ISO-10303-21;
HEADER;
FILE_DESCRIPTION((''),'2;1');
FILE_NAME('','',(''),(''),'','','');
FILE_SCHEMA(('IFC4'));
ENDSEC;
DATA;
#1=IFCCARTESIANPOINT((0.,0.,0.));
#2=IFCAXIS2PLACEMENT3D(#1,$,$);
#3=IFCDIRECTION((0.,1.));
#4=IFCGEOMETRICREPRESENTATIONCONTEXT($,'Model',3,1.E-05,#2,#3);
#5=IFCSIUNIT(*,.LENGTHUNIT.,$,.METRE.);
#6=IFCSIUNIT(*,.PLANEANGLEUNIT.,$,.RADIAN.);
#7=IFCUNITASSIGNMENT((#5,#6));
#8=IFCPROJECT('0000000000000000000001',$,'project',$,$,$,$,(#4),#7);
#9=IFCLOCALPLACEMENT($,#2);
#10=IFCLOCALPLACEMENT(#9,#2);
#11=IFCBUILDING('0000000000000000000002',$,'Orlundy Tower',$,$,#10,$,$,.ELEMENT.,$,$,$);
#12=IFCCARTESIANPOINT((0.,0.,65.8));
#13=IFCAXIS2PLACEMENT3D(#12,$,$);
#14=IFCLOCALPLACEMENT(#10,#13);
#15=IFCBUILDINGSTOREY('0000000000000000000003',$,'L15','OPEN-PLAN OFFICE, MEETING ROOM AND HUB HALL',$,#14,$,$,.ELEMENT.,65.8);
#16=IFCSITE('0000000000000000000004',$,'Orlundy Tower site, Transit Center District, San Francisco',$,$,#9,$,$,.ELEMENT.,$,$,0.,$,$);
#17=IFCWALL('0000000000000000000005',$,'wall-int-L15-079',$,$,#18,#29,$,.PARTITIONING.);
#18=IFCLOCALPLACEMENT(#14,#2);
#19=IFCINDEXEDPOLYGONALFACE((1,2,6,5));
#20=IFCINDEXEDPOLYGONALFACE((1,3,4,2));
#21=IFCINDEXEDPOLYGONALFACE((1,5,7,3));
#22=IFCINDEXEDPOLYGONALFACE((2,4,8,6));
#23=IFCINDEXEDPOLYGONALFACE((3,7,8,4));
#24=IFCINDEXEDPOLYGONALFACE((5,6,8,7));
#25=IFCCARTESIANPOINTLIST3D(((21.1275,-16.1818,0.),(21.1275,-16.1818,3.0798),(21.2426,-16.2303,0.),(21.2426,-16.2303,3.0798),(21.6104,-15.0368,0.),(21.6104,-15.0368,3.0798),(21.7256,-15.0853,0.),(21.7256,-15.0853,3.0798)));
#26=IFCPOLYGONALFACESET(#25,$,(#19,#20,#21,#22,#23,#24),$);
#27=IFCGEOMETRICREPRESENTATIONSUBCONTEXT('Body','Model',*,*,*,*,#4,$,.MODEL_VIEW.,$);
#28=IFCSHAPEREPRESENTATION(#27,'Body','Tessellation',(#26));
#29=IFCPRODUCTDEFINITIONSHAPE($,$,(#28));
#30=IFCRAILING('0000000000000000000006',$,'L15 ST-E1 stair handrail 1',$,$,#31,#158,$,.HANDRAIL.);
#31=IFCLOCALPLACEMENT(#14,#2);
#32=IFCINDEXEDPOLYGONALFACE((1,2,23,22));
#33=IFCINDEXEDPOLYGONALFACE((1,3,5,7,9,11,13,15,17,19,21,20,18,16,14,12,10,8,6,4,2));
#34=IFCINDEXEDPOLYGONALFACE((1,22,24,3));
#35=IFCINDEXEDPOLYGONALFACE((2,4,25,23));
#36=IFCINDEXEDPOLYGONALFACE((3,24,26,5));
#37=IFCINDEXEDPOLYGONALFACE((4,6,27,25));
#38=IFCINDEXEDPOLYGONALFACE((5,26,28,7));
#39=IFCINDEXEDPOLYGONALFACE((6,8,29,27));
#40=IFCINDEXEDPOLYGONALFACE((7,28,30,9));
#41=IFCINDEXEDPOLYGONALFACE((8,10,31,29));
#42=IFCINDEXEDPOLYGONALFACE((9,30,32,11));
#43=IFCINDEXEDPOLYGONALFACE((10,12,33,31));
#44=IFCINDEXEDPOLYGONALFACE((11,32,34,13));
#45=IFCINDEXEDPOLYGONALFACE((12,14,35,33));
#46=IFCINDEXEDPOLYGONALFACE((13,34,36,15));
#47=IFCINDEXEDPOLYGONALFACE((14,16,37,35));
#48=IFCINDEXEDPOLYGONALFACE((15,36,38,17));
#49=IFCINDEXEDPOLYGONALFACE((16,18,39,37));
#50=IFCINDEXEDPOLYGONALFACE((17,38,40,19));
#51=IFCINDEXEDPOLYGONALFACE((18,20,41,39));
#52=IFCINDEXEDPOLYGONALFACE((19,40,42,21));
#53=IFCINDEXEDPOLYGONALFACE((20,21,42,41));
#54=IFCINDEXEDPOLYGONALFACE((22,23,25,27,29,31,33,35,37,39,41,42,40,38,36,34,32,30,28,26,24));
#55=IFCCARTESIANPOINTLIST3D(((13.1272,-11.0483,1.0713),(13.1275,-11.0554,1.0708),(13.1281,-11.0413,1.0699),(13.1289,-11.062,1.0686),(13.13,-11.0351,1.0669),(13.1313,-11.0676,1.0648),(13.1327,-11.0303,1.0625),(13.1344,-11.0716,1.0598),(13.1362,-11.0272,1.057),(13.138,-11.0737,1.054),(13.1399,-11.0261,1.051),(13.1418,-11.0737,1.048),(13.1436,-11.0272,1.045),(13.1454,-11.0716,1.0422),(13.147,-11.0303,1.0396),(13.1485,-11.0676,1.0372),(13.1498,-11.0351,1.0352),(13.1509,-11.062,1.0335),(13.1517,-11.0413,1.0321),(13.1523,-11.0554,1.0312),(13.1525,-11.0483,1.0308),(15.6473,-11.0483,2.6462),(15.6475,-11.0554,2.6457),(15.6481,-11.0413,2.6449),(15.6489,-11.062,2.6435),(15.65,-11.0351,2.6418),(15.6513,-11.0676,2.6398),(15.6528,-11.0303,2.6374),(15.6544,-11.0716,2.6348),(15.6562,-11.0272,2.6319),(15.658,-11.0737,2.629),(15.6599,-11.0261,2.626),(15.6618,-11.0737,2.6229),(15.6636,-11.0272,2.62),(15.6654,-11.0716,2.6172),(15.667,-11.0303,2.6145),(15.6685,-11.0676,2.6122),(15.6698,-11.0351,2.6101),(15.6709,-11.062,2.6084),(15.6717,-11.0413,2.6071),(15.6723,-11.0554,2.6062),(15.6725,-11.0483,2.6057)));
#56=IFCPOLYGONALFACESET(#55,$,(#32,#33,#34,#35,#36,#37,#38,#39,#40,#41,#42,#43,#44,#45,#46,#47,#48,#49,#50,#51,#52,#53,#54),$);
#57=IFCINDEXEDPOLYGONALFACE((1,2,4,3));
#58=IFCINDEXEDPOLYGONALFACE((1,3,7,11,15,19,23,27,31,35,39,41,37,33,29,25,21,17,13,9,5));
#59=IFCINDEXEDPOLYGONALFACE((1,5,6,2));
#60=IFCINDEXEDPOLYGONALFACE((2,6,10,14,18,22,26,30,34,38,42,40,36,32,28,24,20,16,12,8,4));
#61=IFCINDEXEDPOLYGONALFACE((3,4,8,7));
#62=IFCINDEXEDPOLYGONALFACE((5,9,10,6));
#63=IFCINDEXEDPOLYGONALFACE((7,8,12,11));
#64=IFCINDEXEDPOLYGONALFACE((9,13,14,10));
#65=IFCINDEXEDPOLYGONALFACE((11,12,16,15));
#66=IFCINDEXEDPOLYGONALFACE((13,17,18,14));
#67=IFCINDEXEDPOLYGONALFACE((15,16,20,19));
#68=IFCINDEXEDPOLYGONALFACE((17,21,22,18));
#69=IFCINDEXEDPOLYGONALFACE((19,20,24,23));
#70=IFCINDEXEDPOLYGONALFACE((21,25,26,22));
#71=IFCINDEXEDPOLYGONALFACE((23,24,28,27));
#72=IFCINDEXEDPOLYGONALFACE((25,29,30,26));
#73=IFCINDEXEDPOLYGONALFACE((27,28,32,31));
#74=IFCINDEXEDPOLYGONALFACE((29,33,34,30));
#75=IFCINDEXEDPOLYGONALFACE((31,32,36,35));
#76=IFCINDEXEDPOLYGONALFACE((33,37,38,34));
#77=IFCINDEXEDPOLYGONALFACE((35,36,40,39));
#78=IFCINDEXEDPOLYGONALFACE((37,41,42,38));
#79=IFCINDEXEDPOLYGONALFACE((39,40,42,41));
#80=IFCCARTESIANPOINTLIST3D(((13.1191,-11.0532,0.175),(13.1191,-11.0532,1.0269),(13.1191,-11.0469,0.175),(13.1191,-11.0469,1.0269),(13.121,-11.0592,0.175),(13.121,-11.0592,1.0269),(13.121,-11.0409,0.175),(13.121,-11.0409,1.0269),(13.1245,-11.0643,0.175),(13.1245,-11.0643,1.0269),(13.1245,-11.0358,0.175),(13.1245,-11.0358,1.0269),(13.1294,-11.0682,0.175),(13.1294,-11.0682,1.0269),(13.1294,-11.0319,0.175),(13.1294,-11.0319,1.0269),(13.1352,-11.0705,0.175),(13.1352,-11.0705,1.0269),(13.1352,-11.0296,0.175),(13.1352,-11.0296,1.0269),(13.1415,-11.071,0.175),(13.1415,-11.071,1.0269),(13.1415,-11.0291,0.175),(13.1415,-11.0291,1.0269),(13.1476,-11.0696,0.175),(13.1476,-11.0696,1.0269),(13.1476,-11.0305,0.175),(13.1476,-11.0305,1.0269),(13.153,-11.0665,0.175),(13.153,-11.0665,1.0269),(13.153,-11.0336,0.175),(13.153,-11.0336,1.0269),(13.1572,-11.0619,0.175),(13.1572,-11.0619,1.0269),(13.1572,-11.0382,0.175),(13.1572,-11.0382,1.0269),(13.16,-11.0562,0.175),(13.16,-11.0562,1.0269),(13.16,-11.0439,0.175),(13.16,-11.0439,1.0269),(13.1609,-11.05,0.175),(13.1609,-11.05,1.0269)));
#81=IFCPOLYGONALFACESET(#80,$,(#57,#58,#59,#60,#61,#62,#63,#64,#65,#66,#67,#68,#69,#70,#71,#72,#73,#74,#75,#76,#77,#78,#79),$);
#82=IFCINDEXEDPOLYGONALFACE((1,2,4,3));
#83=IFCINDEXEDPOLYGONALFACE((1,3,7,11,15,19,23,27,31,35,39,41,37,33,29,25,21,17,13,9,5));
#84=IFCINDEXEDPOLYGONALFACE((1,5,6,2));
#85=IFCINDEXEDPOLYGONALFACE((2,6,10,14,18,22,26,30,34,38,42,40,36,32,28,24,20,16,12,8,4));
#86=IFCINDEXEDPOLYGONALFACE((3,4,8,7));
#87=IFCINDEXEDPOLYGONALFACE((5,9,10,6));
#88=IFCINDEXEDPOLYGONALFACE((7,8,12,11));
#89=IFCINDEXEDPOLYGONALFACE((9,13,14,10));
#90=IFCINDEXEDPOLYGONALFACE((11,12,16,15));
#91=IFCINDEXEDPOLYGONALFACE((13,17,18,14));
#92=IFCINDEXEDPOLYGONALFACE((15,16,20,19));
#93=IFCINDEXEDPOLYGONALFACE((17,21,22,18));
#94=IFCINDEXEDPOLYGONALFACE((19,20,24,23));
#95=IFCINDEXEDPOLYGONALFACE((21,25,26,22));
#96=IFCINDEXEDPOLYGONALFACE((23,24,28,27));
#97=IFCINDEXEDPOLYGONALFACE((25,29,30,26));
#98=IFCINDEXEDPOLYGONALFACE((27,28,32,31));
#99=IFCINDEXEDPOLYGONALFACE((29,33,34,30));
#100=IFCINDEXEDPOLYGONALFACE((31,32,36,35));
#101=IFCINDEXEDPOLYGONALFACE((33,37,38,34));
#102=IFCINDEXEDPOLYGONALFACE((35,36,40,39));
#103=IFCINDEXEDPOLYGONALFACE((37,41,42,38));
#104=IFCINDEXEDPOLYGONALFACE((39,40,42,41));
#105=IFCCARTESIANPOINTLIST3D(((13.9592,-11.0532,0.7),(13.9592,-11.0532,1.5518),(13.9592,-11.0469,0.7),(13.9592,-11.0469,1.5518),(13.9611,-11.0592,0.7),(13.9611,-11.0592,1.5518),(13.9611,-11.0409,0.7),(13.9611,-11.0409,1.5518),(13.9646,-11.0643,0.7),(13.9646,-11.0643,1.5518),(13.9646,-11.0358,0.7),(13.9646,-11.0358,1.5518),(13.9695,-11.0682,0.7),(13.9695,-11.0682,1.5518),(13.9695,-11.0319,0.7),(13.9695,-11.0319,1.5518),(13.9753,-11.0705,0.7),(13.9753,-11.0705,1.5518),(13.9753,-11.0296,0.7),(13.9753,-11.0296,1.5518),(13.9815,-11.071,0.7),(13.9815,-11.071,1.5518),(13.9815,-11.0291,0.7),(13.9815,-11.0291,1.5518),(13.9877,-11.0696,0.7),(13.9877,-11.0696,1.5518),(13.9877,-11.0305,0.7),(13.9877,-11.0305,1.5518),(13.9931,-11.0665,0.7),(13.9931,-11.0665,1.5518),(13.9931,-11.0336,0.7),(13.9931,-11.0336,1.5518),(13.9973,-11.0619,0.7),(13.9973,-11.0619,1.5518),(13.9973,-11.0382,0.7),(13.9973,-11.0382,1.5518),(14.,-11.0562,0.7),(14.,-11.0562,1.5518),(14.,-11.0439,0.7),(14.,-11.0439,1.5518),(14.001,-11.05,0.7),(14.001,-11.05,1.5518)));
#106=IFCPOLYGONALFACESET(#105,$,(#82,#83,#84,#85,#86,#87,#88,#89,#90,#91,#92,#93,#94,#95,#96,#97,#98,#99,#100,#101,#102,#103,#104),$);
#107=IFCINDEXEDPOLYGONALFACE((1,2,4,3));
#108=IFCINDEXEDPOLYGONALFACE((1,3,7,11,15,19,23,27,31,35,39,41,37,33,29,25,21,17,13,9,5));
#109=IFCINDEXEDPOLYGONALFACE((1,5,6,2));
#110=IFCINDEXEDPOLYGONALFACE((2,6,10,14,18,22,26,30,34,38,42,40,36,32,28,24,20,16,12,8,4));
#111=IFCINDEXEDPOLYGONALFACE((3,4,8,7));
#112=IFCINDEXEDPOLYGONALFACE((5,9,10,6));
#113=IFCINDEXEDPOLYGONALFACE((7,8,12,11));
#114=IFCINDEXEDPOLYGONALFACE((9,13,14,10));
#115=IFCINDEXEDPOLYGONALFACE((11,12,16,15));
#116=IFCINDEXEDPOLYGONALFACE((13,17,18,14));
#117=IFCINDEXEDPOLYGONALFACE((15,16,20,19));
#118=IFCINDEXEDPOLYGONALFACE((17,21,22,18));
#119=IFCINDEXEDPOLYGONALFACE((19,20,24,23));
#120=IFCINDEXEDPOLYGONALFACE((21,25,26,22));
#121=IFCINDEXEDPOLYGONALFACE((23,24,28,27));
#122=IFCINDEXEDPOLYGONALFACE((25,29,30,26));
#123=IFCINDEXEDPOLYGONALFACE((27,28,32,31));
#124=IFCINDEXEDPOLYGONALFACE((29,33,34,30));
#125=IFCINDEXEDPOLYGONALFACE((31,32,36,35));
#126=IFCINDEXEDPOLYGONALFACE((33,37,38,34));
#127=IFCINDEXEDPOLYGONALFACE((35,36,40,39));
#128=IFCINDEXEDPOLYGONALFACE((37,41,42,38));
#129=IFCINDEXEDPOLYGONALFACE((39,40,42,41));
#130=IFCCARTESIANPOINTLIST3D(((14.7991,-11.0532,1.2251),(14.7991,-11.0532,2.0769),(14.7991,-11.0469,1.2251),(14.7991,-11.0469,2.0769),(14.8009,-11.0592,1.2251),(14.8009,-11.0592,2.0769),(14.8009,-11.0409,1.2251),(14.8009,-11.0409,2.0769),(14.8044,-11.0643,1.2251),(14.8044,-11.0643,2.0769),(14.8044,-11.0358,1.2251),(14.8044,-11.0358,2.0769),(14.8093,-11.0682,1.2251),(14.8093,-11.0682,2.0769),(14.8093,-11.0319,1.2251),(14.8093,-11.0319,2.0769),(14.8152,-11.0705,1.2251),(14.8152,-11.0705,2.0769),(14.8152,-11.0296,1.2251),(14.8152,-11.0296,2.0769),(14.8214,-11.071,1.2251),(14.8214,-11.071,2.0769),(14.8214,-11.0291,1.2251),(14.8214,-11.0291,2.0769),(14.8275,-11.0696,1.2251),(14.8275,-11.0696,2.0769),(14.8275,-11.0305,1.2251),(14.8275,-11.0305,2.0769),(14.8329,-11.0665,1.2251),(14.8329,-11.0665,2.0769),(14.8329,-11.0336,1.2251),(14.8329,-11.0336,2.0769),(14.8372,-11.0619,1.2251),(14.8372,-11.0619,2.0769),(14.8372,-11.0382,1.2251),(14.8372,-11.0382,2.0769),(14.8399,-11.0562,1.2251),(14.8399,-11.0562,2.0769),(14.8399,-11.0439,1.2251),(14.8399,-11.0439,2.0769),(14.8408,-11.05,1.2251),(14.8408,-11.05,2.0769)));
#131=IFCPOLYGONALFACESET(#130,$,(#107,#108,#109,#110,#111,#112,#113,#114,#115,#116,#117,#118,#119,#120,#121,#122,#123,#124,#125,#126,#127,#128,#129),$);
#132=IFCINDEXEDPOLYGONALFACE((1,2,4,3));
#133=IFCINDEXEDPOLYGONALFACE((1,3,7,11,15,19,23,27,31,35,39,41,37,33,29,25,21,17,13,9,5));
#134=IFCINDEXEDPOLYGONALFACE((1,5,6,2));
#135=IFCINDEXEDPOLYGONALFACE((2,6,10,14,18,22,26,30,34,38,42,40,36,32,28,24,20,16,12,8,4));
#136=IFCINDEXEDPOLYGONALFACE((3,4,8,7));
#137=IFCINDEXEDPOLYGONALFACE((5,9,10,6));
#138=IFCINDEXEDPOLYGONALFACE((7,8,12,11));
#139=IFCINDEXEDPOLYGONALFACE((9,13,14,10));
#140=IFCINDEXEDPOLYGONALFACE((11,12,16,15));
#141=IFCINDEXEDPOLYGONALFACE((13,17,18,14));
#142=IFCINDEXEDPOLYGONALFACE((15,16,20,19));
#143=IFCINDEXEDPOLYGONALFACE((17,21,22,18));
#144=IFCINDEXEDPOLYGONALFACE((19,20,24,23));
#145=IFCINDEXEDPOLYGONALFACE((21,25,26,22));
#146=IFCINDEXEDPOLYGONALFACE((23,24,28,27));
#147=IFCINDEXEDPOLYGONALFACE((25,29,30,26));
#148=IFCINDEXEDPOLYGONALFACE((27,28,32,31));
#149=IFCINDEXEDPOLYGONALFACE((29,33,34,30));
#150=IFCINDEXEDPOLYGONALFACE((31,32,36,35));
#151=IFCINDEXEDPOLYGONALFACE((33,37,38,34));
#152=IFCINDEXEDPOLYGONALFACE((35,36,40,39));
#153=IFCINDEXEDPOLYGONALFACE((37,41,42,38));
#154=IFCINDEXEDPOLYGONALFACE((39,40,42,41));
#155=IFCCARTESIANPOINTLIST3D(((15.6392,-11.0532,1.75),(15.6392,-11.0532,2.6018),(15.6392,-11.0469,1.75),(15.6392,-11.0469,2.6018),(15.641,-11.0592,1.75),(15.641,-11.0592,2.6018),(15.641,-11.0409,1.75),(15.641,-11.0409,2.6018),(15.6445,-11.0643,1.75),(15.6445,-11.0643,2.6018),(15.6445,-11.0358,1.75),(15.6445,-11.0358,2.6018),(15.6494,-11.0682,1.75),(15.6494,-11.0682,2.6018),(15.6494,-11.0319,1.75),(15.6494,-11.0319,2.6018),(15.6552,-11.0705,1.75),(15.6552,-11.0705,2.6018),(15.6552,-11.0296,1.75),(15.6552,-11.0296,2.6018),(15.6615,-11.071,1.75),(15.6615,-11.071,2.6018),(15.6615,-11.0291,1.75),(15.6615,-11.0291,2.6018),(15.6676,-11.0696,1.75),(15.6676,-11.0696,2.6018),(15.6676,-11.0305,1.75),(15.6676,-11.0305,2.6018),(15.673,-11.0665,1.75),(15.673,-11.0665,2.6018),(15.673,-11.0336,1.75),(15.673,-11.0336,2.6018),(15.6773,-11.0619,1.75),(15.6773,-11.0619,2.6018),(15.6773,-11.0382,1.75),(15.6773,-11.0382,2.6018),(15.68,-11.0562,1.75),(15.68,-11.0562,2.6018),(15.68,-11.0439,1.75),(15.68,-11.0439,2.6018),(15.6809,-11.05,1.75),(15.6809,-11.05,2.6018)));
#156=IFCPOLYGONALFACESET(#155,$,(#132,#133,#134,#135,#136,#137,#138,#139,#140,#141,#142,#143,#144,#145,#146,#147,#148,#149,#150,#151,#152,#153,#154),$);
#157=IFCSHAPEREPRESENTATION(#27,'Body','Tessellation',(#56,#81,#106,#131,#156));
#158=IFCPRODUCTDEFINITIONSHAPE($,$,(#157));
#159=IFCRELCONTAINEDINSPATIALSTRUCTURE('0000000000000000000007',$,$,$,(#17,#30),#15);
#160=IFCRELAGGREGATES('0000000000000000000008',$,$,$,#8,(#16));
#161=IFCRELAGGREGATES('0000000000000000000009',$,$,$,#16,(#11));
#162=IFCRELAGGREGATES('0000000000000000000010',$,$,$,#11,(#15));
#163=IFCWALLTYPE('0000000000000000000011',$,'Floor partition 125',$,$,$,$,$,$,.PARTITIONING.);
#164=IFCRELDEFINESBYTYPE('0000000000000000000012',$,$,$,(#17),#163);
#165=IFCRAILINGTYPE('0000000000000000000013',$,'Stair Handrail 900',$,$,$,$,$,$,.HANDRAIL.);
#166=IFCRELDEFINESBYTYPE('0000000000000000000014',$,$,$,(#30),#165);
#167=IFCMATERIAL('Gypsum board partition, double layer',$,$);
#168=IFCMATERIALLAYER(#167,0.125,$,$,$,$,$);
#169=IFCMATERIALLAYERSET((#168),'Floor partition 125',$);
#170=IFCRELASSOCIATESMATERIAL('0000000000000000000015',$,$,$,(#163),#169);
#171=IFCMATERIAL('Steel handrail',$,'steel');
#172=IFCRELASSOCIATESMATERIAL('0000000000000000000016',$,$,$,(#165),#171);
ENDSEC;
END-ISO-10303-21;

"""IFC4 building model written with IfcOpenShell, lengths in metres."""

from ifc_helpers import new_model, si_unit, direction, frame, frame_2d, origin, origin_2d, place, context, subcontext, project, spatial, rectangle, circle, extrude, material, layer, layer_set, type_object, element, save


model = new_model("IFC4")

# Units and contexts
model_context = context("Model", 3, precision=1e-05, world=origin(), true_north=direction((0.0, 1.0)))
body_context = subcontext(model_context, "Body", "Model", "MODEL_VIEW")
ifc_project = project(units=[si_unit("LENGTHUNIT", "METRE"), si_unit("PLANEANGLEUNIT", "RADIAN")], contexts=[model_context])

# Site, building, storey
site_placement = place(None, origin())
site = spatial("IfcSite", under=ifc_project, at=site_placement, Name="Orlundy Tower site, Transit Center District, San Francisco", CompositionType="ELEMENT", RefElevation=0.0)
building_placement = place(site_placement, origin())
building = spatial("IfcBuilding", under=site, at=building_placement, Name="Orlundy Tower", CompositionType="ELEMENT")
storey_placement = place(building_placement, frame((0.0, 0.0, 65.8)))
storey = spatial("IfcBuildingStorey", under=building, at=storey_placement, Name="L15", Description="OPEN-PLAN OFFICE, MEETING ROOM AND HUB HALL", CompositionType="ELEMENT", Elevation=65.8)

# Shared definitions
ifc_material_1 = material(Name="Gypsum board partition, double layer")
ifc_layer_1 = layer(ifc_material_1, 0.125)
ifc_layer_set_1 = layer_set([ifc_layer_1], Name="Floor partition 125")
wall_type_1 = type_object("IfcWallType", Name="Floor partition 125", PredefinedType="PARTITIONING", material=ifc_layer_set_1)

# Wall
wall_1_placement = place(storey_placement, frame((21.1851, -16.2061, 0.0), z_axis=(0.0, 0.0, 1.0), x_axis=(0.388601, 0.921406, 0.0)))
element("IfcWall", 1, at=wall_1_placement, inside=storey, type_object=wall_type_1, Name="wall-int-L15-079", PredefinedType="PARTITIONING", context=body_context, shape_type="SweptSolid", body=[
    extrude(rectangle(XDim=1.2427, YDim=0.125, at=frame_2d((0.6213, 0.0))), origin(), (0.0, 0.0, 1.0), 3.0798),
])

# Railing
ifc_material_2 = material(Name="Steel handrail", Category="steel")
railing_type = type_object("IfcRailingType", Name="Stair Handrail 900", PredefinedType="HANDRAIL", material=ifc_material_2)
railing_placement = place(storey_placement, frame((13.1399, -11.05, 0.175)))
element("IfcRailing", 2, at=railing_placement, inside=storey, type_object=railing_type, Name="L15 ST-E1 stair handrail 1", PredefinedType="HANDRAIL", context=body_context, shape_type="SweptSolid", body=[
    extrude(circle(Radius=0.0239, at=origin_2d()), frame((0.0, 0.0, 0.876), z_axis=(0.848008, 0.0, 0.529984), x_axis=(0.0, 1.0, 0.0)), (0.0, 0.0, 1.0), 2.9717),
    extrude(circle(Radius=0.021, at=origin_2d()), origin(), (0.0, 0.0, 1.0), 0.8518),
    extrude(circle(Radius=0.021, at=origin_2d()), frame((0.8401, 0.0, 0.5249)), (0.0, 0.0, 1.0), 0.8518),
    extrude(circle(Radius=0.021, at=origin_2d()), frame((1.6799, 0.0, 1.05)), (0.0, 0.0, 1.0), 0.8518),
    extrude(circle(Radius=0.021, at=origin_2d()), frame((2.52, 0.0, 1.575)), (0.0, 0.0, 1.0), 0.8518),
])

save(model, "model.ifc")
